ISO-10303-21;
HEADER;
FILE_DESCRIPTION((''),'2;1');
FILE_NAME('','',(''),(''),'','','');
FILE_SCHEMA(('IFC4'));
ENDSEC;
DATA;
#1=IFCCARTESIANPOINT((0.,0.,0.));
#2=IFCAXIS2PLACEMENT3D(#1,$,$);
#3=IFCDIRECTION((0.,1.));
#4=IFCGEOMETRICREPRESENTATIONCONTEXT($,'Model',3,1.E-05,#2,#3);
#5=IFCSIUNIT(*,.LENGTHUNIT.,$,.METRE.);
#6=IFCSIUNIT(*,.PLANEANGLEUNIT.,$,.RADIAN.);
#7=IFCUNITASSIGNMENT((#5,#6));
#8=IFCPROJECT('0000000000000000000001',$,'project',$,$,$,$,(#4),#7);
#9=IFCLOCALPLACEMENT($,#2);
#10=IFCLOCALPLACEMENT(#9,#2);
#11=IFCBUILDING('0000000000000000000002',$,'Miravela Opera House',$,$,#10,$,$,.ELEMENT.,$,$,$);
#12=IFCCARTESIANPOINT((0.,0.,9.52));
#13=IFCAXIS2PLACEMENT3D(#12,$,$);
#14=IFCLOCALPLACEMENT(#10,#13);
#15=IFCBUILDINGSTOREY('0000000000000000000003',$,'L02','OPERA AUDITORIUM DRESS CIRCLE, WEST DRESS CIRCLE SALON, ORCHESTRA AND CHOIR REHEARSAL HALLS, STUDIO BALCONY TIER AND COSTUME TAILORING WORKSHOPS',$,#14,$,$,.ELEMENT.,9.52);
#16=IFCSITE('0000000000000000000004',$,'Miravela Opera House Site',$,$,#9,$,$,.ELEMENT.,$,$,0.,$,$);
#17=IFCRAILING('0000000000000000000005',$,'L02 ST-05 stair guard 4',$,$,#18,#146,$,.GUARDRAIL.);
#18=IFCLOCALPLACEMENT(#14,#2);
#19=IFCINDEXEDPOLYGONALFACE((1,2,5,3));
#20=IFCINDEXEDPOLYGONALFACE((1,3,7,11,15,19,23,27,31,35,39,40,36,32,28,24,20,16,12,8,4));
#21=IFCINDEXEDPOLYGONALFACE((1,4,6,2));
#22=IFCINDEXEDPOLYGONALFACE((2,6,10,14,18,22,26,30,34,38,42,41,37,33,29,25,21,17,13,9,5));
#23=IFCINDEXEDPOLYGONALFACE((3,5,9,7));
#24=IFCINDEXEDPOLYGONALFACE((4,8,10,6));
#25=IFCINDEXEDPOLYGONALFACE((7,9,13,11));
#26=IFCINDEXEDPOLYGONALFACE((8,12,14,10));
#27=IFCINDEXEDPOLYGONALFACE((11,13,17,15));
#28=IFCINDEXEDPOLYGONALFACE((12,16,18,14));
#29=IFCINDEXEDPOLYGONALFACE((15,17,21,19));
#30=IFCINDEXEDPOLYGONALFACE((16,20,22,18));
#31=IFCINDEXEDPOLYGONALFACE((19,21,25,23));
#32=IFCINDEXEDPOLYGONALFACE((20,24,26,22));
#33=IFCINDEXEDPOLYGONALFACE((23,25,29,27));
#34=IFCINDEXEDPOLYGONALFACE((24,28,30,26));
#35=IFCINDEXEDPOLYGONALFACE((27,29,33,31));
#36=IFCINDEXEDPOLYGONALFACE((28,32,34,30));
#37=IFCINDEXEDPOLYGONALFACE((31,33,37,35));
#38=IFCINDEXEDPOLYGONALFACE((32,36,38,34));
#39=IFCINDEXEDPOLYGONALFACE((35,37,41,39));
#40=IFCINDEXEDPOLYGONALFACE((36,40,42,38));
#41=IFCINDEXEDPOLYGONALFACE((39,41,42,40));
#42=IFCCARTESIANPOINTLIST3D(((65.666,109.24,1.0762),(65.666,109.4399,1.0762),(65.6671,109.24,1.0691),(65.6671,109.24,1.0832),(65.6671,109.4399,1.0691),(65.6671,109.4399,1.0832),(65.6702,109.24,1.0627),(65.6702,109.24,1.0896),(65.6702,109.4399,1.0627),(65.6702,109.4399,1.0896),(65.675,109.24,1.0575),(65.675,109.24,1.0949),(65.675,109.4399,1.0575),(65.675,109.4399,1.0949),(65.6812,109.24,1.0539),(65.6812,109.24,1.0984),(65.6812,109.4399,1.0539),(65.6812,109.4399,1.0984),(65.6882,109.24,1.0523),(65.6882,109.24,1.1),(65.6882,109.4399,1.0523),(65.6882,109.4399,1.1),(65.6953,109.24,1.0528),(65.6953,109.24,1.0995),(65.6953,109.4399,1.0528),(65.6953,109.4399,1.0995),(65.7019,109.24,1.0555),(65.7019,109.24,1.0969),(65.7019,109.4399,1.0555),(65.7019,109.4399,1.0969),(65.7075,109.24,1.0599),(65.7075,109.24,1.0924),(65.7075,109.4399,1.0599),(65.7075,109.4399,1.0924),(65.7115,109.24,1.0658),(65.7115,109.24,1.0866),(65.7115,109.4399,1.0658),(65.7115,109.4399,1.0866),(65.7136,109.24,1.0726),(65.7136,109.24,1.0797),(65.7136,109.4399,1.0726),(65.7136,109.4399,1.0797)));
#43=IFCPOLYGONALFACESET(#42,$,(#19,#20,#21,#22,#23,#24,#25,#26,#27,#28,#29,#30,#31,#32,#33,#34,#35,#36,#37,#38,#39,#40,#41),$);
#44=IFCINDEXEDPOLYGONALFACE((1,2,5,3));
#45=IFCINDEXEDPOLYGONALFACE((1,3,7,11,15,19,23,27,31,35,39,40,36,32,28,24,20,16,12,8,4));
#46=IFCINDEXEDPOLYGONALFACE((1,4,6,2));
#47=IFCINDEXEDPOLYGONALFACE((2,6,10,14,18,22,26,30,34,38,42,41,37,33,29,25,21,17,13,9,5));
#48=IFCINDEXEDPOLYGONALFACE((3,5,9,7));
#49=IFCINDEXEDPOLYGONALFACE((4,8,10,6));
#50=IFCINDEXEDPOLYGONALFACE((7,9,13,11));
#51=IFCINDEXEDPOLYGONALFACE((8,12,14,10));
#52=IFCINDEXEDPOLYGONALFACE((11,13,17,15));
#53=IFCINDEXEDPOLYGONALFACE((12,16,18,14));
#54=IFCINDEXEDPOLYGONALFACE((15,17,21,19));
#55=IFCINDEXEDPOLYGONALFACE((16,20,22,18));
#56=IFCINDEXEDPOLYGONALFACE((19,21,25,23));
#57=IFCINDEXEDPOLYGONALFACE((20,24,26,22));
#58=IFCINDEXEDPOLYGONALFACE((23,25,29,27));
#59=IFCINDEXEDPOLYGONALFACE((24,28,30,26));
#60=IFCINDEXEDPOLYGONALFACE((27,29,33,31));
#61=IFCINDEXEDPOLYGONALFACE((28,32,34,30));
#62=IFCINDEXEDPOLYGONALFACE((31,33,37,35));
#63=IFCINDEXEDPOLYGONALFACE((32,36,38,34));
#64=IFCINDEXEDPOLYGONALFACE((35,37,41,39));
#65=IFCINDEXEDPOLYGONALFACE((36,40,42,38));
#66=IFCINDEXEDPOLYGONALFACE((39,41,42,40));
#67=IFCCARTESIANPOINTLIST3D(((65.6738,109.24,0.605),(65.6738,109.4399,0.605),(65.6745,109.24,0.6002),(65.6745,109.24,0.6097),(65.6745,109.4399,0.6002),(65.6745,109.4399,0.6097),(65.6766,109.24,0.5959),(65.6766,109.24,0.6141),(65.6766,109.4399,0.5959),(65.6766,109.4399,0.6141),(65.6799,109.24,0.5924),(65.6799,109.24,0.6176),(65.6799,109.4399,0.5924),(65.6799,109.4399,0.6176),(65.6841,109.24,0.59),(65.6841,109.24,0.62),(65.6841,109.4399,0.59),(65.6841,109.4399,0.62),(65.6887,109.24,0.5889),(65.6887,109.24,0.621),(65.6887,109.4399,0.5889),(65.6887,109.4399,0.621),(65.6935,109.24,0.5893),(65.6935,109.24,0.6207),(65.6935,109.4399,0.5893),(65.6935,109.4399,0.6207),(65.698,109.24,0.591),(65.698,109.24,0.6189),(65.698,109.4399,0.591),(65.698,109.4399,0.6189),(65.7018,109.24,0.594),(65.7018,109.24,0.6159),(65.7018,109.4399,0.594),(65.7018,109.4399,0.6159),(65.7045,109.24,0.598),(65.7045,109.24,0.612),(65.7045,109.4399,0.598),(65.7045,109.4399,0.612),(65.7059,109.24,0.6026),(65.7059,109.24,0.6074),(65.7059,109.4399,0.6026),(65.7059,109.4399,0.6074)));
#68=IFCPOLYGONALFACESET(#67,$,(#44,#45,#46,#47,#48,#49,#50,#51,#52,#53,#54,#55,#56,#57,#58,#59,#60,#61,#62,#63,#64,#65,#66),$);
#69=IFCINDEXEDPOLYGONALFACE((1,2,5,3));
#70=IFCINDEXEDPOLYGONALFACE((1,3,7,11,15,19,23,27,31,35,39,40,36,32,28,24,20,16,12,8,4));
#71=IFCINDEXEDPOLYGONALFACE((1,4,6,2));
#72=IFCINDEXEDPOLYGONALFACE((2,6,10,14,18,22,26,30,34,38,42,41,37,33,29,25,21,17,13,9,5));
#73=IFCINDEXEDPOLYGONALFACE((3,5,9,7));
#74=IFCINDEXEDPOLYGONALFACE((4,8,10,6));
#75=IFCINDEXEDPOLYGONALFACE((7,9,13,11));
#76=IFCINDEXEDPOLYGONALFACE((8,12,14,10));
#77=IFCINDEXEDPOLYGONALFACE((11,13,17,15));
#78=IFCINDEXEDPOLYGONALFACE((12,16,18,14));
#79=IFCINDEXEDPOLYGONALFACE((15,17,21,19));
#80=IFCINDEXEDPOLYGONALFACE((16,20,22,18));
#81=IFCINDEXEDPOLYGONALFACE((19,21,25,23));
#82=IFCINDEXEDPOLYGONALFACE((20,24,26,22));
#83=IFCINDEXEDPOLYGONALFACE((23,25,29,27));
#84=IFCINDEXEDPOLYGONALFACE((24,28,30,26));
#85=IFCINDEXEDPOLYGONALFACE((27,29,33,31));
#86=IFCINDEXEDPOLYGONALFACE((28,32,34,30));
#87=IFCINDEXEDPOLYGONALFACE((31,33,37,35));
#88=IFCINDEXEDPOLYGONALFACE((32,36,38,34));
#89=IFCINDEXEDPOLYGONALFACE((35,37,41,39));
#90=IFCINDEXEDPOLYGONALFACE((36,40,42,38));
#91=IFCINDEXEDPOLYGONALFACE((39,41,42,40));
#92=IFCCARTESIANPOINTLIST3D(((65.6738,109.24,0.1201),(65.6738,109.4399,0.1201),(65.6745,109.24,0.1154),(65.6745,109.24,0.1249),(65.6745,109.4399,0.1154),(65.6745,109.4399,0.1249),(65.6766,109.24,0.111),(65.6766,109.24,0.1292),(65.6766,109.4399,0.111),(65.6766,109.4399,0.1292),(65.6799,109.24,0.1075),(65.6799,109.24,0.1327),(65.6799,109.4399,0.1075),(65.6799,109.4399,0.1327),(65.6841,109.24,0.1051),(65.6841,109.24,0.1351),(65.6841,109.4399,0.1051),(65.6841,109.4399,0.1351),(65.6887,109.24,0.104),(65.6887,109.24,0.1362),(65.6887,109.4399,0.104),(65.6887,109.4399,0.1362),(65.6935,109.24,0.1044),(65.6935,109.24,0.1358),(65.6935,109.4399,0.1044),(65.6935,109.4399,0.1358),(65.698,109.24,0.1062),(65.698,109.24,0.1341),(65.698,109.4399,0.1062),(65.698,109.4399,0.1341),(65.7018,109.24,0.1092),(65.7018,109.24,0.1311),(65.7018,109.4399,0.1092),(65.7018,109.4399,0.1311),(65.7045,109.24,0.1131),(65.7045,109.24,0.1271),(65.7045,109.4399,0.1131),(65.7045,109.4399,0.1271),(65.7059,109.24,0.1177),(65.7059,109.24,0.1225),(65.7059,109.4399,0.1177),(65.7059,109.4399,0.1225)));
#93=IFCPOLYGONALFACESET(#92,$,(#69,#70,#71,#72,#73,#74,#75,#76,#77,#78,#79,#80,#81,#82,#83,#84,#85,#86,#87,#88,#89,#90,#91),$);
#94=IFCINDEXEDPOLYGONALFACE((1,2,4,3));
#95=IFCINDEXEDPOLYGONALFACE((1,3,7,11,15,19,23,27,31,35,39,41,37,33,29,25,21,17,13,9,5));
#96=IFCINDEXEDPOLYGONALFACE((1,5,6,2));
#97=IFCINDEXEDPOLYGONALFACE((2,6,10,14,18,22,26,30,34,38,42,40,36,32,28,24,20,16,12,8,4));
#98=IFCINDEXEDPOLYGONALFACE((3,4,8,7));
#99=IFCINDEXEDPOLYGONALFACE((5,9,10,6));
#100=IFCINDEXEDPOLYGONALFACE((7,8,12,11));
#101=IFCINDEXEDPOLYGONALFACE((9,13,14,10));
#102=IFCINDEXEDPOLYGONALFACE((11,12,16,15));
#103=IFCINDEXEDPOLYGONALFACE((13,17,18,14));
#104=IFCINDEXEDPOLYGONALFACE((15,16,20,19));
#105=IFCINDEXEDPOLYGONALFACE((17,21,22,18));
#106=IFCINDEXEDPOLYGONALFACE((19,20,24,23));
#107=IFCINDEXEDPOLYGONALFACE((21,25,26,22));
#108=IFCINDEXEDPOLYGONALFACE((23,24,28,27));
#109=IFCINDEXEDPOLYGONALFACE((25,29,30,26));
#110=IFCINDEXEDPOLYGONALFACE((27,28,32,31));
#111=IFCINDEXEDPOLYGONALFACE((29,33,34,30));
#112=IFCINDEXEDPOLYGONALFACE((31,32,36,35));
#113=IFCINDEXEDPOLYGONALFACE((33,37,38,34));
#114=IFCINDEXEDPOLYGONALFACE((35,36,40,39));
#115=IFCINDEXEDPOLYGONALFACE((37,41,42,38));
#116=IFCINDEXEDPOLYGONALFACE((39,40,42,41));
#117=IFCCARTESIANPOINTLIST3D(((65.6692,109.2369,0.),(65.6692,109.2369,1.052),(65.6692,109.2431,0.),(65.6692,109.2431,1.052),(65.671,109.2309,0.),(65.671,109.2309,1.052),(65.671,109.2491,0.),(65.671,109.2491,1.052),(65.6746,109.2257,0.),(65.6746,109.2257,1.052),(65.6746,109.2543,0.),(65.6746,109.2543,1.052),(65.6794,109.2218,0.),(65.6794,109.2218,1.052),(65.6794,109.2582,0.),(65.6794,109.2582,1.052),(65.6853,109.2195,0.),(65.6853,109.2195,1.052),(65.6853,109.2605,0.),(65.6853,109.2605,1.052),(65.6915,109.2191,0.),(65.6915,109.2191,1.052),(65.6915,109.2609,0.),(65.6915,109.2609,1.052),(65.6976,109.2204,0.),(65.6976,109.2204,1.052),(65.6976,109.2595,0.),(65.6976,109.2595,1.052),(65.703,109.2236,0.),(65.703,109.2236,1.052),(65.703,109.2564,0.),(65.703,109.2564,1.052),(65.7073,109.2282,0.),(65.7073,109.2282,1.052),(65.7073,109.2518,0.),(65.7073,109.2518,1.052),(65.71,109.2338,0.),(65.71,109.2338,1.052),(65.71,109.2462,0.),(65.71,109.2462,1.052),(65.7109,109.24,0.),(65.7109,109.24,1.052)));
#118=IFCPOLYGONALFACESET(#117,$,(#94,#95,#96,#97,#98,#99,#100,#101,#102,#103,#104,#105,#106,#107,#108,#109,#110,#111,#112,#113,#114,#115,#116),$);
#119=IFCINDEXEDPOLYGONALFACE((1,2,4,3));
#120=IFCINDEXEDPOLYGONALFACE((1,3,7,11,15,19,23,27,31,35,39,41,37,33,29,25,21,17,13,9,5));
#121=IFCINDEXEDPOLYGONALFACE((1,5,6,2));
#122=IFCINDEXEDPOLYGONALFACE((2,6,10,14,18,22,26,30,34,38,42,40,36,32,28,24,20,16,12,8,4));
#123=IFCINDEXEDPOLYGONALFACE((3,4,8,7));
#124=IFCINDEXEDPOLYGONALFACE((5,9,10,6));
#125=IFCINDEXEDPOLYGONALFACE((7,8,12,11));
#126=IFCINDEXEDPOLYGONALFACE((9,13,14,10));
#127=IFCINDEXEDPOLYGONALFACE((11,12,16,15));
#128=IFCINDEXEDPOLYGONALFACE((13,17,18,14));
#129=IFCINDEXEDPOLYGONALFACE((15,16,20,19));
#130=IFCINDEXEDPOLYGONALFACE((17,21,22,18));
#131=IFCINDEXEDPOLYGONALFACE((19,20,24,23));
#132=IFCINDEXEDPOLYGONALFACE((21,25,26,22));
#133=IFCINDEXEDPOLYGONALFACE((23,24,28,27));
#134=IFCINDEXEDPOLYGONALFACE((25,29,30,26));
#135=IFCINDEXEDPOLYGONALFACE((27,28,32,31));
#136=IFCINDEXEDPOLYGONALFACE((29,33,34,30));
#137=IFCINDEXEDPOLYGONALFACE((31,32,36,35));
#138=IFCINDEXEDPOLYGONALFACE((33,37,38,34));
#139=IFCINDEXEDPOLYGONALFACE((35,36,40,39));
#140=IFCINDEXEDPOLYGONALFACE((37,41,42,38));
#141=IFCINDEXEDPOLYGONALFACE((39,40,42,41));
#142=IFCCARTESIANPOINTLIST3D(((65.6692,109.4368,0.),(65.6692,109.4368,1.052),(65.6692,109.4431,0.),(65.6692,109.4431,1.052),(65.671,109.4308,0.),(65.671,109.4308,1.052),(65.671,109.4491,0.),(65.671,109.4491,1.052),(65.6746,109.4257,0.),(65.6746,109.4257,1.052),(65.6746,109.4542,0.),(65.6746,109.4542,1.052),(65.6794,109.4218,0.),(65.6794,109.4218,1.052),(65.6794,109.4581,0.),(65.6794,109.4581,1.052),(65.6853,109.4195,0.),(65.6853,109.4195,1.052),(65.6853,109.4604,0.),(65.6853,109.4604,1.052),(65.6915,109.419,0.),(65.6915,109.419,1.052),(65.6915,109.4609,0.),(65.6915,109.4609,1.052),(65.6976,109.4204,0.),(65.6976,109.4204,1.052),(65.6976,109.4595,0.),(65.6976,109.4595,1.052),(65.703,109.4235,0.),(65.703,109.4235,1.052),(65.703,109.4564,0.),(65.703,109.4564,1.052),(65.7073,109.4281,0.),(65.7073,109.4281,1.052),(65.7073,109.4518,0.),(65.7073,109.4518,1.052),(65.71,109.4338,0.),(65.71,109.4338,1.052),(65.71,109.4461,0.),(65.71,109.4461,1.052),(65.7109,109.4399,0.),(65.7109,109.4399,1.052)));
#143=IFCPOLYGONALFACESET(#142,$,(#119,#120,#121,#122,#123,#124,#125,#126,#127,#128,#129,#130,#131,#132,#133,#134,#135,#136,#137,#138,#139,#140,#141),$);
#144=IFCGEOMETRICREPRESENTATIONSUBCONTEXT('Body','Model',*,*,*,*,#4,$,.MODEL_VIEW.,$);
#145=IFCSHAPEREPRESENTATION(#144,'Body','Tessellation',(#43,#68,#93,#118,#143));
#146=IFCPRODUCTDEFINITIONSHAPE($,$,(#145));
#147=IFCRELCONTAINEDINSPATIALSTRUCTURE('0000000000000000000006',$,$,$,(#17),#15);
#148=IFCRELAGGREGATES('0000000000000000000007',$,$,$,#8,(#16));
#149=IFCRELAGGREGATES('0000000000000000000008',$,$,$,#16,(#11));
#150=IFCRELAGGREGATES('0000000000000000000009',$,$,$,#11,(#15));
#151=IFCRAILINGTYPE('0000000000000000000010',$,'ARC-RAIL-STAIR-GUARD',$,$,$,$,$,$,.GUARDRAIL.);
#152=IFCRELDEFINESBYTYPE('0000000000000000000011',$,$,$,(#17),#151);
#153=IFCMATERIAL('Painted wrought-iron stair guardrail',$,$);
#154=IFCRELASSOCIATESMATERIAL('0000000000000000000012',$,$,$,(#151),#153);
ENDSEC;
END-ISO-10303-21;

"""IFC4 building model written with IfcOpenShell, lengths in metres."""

from ifc_helpers import new_model, si_unit, direction, frame, origin, origin_2d, place, context, subcontext, project, spatial, circle, extrude, material, type_object, element, save


model = new_model("IFC4")

# Units and contexts
model_context = context("Model", 3, precision=1e-05, world=origin(), true_north=direction((0.0, 1.0)))
body_context = subcontext(model_context, "Body", "Model", "MODEL_VIEW")
ifc_project = project(units=[si_unit("LENGTHUNIT", "METRE"), si_unit("PLANEANGLEUNIT", "RADIAN")], contexts=[model_context])

# Site, building, storey
site_placement = place(None, origin())
site = spatial("IfcSite", under=ifc_project, at=site_placement, Name="Miravela Opera House Site", CompositionType="ELEMENT", RefElevation=0.0)
building_placement = place(site_placement, origin())
building = spatial("IfcBuilding", under=site, at=building_placement, Name="Miravela Opera House", CompositionType="ELEMENT")
storey_placement = place(building_placement, frame((0.0, 0.0, 9.52)))
storey = spatial("IfcBuildingStorey", under=building, at=storey_placement, Name="L02", Description="OPERA AUDITORIUM DRESS CIRCLE, WEST DRESS CIRCLE SALON, ORCHESTRA AND CHOIR REHEARSAL HALLS, STUDIO BALCONY TIER AND COSTUME TAILORING WORKSHOPS", CompositionType="ELEMENT", Elevation=9.52)

# Railing
ifc_material_1 = material(Name="Painted wrought-iron stair guardrail")
railing_type_1 = type_object("IfcRailingType", Name="ARC-RAIL-STAIR-GUARD", PredefinedType="GUARDRAIL", material=ifc_material_1)
railing_1_placement = place(storey_placement, frame((65.6899, 109.24, 0.0)))
element("IfcRailing", 1, at=railing_1_placement, inside=storey, type_object=railing_type_1, Name="L02 ST-05 stair guard 4", PredefinedType="GUARDRAIL", context=body_context, shape_type="SweptSolid", body=[
    extrude(circle(Radius=0.0239, at=origin_2d()), frame((0.0, 0.0, 1.0762), z_axis=(0.0, 1.0, 0.0), x_axis=(-1.0, 0.0, 0.0)), (0.0, 0.0, 1.0), 0.2),
    extrude(circle(Radius=0.0161, at=origin_2d()), frame((0.0, 0.0, 0.605), z_axis=(0.0, 1.0, 0.0), x_axis=(-1.0, 0.0, 0.0)), (0.0, 0.0, 1.0), 0.2),
    extrude(circle(Radius=0.0161, at=origin_2d()), frame((0.0, 0.0, 0.1201), z_axis=(0.0, 1.0, 0.0), x_axis=(-1.0, 0.0, 0.0)), (0.0, 0.0, 1.0), 0.2),
    extrude(circle(Radius=0.021, at=origin_2d()), origin(), (0.0, 0.0, 1.0), 1.052),
    extrude(circle(Radius=0.021, at=origin_2d()), frame((0.0, 0.2, 0.0)), (0.0, 0.0, 1.0), 1.052),
])

save(model, "model.ifc")
